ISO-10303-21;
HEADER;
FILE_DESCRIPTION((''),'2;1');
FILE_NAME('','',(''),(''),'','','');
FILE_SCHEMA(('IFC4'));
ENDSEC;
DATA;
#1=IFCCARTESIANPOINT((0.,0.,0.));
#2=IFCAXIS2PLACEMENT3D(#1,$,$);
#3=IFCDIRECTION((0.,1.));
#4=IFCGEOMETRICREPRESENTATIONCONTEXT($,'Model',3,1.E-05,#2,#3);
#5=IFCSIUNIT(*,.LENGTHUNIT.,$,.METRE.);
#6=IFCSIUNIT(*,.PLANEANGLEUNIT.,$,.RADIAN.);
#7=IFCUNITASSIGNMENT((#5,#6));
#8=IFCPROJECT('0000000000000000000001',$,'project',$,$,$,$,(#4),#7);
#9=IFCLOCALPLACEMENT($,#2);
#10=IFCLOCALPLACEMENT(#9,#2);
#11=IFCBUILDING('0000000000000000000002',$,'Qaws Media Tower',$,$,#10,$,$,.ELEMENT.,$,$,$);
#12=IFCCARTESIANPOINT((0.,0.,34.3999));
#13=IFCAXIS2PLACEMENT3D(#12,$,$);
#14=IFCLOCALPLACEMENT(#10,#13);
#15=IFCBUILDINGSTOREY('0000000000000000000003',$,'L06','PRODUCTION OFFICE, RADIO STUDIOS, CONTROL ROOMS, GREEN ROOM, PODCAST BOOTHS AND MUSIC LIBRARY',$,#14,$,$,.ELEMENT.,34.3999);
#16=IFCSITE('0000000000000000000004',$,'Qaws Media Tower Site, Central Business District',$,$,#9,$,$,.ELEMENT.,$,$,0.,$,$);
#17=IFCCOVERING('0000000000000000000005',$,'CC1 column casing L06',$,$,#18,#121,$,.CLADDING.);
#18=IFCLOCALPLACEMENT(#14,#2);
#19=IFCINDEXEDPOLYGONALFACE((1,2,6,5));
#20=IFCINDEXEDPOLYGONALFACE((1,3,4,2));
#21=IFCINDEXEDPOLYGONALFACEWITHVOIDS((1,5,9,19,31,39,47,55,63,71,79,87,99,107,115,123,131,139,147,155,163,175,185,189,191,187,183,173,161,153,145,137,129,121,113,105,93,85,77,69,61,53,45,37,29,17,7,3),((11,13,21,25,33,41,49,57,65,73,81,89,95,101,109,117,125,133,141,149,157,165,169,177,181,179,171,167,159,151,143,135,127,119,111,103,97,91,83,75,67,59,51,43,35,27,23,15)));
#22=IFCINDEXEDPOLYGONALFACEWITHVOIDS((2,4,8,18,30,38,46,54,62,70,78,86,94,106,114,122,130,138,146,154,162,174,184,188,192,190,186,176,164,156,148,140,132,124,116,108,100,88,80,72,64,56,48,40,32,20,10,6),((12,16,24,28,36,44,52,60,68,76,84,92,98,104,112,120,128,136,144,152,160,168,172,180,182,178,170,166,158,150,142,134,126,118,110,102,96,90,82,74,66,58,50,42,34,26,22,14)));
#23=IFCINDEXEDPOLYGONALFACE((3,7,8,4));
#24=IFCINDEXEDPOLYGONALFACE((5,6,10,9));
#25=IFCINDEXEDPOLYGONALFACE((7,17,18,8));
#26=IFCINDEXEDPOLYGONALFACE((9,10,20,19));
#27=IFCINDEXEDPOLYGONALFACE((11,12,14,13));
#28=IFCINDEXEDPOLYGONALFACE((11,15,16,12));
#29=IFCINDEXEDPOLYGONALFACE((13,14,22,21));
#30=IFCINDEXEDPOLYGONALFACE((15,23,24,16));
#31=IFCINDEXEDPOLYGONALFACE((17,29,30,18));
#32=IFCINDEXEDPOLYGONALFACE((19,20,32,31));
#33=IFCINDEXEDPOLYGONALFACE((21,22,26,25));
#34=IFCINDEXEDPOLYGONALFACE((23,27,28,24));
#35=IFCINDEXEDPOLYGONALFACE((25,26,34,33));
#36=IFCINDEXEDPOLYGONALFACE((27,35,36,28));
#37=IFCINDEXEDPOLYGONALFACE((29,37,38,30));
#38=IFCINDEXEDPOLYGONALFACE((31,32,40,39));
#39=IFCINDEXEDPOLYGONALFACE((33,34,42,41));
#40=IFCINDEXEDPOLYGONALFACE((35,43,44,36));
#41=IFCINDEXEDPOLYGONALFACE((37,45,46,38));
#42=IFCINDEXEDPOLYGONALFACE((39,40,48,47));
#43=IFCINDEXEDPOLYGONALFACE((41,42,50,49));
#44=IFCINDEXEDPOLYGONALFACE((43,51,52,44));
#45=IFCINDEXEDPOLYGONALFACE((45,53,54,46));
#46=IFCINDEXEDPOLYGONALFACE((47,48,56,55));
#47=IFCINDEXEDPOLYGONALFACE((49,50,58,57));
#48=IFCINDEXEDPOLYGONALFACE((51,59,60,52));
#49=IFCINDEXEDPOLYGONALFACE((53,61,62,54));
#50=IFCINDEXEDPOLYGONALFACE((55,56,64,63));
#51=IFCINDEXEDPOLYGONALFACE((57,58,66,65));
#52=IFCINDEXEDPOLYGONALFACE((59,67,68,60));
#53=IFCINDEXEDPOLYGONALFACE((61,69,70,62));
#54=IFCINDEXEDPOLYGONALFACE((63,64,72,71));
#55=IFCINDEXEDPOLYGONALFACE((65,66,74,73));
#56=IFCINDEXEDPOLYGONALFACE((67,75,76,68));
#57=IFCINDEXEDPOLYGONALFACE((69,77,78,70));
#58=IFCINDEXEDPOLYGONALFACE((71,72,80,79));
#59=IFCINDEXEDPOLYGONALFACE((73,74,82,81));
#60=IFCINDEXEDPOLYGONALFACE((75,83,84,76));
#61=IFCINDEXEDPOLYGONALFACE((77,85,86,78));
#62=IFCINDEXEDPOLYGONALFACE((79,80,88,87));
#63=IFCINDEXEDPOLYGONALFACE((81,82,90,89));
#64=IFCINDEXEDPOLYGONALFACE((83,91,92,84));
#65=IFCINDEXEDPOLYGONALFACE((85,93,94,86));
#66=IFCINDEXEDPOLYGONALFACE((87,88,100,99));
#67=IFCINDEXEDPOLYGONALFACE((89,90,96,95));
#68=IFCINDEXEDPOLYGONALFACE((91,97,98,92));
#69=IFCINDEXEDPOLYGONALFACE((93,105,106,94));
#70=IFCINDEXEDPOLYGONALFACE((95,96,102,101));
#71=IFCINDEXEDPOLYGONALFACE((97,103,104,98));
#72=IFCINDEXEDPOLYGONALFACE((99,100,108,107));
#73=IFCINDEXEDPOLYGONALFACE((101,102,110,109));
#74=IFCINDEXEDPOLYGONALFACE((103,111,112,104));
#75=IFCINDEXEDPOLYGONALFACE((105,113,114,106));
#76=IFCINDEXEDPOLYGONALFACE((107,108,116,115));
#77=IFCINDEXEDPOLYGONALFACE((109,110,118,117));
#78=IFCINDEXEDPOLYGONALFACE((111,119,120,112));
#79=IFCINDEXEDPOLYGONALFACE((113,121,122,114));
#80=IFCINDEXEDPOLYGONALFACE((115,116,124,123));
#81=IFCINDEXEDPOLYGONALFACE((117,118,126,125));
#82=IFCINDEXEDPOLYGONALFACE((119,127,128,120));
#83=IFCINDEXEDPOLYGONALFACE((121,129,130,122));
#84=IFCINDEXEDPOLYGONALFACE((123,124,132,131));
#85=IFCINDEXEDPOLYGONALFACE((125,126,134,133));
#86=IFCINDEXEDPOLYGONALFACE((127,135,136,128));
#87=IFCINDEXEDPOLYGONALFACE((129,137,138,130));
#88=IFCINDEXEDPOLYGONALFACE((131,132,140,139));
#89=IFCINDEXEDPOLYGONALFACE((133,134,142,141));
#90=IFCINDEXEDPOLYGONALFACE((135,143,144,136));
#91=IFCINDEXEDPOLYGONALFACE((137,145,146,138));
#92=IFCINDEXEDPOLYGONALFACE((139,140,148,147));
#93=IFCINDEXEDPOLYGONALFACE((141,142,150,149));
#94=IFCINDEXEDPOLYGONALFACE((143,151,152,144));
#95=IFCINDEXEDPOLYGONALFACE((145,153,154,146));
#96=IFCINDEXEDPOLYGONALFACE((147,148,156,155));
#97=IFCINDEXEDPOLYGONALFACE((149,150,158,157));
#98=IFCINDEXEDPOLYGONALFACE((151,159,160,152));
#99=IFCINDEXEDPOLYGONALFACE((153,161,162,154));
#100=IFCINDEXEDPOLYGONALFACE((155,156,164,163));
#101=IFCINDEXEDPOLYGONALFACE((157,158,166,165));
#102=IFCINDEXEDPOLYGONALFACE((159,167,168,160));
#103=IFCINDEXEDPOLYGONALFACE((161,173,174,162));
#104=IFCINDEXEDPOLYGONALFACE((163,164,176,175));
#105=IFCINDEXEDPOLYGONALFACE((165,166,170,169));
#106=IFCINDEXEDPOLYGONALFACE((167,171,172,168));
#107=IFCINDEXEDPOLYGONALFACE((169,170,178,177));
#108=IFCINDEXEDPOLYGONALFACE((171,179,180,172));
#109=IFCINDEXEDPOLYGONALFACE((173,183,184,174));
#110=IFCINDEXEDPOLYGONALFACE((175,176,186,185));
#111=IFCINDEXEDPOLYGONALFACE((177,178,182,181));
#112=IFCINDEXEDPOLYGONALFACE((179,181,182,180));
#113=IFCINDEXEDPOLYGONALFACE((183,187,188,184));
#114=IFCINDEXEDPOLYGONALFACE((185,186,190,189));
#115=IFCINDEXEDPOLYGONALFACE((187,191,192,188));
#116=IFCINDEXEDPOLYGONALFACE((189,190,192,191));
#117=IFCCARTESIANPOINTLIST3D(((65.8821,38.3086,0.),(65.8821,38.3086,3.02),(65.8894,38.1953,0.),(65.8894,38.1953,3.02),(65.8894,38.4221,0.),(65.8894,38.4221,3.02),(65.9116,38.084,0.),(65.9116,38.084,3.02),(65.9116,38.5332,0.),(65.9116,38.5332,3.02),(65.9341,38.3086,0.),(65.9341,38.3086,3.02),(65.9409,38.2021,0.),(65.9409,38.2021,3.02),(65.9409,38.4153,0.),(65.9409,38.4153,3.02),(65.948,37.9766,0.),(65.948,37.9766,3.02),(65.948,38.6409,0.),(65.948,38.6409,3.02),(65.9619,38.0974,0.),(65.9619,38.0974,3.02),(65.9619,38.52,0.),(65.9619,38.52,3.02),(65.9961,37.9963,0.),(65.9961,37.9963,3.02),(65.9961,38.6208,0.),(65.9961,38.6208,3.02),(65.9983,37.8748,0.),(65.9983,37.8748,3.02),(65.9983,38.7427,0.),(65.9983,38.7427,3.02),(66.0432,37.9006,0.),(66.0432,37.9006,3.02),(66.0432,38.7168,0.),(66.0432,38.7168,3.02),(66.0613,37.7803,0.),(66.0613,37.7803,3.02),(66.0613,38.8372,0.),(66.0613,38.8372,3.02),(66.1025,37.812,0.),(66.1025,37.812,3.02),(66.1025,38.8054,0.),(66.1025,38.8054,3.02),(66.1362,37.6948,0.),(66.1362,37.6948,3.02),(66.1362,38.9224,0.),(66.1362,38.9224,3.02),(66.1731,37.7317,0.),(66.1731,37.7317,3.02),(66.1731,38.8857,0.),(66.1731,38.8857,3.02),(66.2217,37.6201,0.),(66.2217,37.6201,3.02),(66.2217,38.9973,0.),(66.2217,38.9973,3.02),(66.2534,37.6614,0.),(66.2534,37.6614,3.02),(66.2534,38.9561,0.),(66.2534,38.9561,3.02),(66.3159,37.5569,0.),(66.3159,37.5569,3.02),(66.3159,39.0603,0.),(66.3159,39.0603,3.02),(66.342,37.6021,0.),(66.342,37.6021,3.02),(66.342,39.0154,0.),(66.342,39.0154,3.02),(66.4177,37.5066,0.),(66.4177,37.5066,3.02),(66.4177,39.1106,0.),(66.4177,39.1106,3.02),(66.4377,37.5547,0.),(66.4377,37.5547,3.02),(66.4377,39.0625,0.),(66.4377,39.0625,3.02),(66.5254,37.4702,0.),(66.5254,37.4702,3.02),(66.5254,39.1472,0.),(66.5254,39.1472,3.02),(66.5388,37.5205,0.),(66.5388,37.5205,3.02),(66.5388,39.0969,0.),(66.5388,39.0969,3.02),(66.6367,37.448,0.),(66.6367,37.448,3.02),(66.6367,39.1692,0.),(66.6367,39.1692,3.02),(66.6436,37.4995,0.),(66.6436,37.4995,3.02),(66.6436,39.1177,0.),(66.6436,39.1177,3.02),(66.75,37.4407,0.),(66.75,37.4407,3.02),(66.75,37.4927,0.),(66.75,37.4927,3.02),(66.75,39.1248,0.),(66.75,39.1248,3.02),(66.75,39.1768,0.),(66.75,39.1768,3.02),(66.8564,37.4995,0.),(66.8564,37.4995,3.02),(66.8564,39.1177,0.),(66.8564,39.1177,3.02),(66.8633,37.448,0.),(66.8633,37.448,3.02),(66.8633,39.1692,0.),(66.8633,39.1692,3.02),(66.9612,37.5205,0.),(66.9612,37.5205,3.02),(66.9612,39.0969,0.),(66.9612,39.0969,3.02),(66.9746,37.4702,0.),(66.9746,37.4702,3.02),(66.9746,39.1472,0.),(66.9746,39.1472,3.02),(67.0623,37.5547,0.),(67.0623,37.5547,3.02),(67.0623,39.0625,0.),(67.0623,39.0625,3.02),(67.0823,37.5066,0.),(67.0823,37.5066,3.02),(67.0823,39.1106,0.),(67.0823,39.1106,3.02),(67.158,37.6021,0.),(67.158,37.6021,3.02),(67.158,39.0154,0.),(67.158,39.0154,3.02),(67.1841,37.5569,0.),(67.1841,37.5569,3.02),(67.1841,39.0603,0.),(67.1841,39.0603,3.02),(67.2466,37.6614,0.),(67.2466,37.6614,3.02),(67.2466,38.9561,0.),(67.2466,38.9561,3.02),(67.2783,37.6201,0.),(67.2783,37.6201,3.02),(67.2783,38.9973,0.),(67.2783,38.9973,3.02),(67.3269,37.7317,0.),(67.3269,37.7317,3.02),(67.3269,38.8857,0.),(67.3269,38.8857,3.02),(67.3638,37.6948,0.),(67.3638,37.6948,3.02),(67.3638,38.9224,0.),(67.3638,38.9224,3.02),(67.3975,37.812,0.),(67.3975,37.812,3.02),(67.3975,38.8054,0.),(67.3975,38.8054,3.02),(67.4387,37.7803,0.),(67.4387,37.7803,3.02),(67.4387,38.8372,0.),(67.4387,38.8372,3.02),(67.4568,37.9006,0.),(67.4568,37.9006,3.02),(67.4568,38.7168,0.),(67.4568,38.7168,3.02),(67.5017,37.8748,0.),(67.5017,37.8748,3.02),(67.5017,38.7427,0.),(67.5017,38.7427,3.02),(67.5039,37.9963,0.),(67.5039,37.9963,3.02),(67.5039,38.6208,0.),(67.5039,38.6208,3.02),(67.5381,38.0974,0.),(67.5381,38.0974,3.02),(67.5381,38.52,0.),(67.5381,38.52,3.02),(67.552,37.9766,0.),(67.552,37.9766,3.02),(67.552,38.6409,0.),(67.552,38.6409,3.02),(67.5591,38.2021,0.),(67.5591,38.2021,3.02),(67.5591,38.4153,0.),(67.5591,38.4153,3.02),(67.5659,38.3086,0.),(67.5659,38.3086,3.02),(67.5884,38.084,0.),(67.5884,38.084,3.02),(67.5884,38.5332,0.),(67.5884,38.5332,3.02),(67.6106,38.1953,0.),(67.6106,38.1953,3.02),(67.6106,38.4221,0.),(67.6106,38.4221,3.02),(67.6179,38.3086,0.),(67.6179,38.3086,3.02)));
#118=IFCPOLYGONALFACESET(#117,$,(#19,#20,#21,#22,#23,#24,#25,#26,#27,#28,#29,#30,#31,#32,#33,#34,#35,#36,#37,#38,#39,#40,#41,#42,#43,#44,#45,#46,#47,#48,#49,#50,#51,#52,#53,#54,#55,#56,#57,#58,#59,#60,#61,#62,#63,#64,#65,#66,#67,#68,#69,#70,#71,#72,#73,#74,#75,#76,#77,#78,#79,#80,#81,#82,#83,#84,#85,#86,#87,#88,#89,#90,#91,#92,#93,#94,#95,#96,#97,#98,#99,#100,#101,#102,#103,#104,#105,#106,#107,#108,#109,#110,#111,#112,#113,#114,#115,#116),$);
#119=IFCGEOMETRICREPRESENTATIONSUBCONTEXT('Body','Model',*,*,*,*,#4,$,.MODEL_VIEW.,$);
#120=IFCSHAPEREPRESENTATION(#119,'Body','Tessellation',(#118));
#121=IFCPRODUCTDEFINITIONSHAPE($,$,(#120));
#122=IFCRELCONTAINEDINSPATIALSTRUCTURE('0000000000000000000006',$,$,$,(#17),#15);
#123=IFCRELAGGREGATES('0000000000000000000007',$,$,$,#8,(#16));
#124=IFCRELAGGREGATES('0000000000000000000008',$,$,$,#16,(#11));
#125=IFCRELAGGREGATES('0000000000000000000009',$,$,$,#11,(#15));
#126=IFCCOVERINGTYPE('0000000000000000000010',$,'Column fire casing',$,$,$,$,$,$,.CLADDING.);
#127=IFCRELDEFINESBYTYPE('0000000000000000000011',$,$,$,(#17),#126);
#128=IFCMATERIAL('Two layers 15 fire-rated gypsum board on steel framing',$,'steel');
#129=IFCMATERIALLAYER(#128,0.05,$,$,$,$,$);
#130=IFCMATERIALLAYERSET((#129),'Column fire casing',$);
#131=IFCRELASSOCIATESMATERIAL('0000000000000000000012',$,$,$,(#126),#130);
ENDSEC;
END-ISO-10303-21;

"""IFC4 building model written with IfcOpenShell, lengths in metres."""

from ifc_helpers import new_model, si_unit, direction, frame, origin, place, context, subcontext, project, spatial, polyline, outline, extrude, material, layer, layer_set, type_object, element, save


model = new_model("IFC4")

# Units and contexts
model_context = context("Model", 3, precision=1e-05, world=origin(), true_north=direction((0.0, 1.0)))
body_context = subcontext(model_context, "Body", "Model", "MODEL_VIEW")
ifc_project = project(units=[si_unit("LENGTHUNIT", "METRE"), si_unit("PLANEANGLEUNIT", "RADIAN")], contexts=[model_context])

# Site, building, storey
site_placement = place(None, origin())
site = spatial("IfcSite", under=ifc_project, at=site_placement, Name="Qaws Media Tower Site, Central Business District", CompositionType="ELEMENT", RefElevation=0.0)
building_placement = place(site_placement, origin())
building = spatial("IfcBuilding", under=site, at=building_placement, Name="Qaws Media Tower", CompositionType="ELEMENT")
storey_placement = place(building_placement, frame((0.0, 0.0, 34.3999)))
storey = spatial("IfcBuildingStorey", under=building, at=storey_placement, Name="L06", Description="PRODUCTION OFFICE, RADIO STUDIOS, CONTROL ROOMS, GREEN ROOM, PODCAST BOOTHS AND MUSIC LIBRARY", CompositionType="ELEMENT", Elevation=34.3999)

# Covering
ifc_material_1 = material(Name="Two layers 15 fire-rated gypsum board on steel framing", Category="steel")
ifc_layer_1 = layer(ifc_material_1, 0.05)
ifc_layer_set_1 = layer_set([ifc_layer_1], Name="Column fire casing")
covering_type_1 = type_object("IfcCoveringType", Name="Column fire casing", PredefinedType="CLADDING", material=ifc_layer_set_1)
covering_1_placement = place(storey_placement, origin())
element("IfcCovering", 1, at=covering_1_placement, inside=storey, type_object=covering_type_1, Name="CC1 column casing L06", PredefinedType="CLADDING", context=body_context, shape_type="SweptSolid", body=[
    extrude(outline(polyline([(67.6179, 38.3086), (67.6106, 38.1953), (67.5884, 38.084), (67.552, 37.9766), (67.5017, 37.8748), (67.4387, 37.7803), (67.3638, 37.6948), (67.2783, 37.6201), (67.1841, 37.5569), (67.0823, 37.5066), (66.9746, 37.4702), (66.8633, 37.448), (66.75, 37.4407), (66.6367, 37.448), (66.5254, 37.4702), (66.4177, 37.5066), (66.3159, 37.5569), (66.2217, 37.6201), (66.1362, 37.6948), (66.0613, 37.7803), (65.9983, 37.8748), (65.948, 37.9766), (65.9116, 38.084), (65.8894, 38.1953), (65.8821, 38.3086), (65.8894, 38.4221), (65.9116, 38.5332), (65.948, 38.6409), (65.9983, 38.7427), (66.0613, 38.8372), (66.1362, 38.9224), (66.2217, 38.9973), (66.3159, 39.0603), (66.4177, 39.1106), (66.5254, 39.1472), (66.6367, 39.1692), (66.75, 39.1768), (66.8633, 39.1692), (66.9746, 39.1472), (67.0823, 39.1106), (67.1841, 39.0603), (67.2783, 38.9973), (67.3638, 38.9224), (67.4387, 38.8372), (67.5017, 38.7427), (67.552, 38.6409), (67.5884, 38.5332), (67.6106, 38.4221), (67.6179, 38.3086)]), holes=[polyline([(67.5659, 38.3086), (67.5591, 38.2021), (67.5381, 38.0974), (67.5039, 37.9963), (67.4568, 37.9006), (67.3975, 37.812), (67.3269, 37.7317), (67.2466, 37.6614), (67.158, 37.6021), (67.0623, 37.5547), (66.9612, 37.5205), (66.8564, 37.4995), (66.75, 37.4927), (66.6436, 37.4995), (66.5388, 37.5205), (66.4377, 37.5547), (66.342, 37.6021), (66.2534, 37.6614), (66.1731, 37.7317), (66.1025, 37.812), (66.0432, 37.9006), (65.9961, 37.9963), (65.9619, 38.0974), (65.9409, 38.2021), (65.9341, 38.3086), (65.9409, 38.4153), (65.9619, 38.52), (65.9961, 38.6208), (66.0432, 38.7168), (66.1025, 38.8054), (66.1731, 38.8857), (66.2534, 38.9561), (66.342, 39.0154), (66.4377, 39.0625), (66.5388, 39.0969), (66.6436, 39.1177), (66.75, 39.1248), (66.8564, 39.1177), (66.9612, 39.0969), (67.0623, 39.0625), (67.158, 39.0154), (67.2466, 38.9561), (67.3269, 38.8857), (67.3975, 38.8054), (67.4568, 38.7168), (67.5039, 38.6208), (67.5381, 38.52), (67.5591, 38.4153), (67.5659, 38.3086)])]), origin(), (0.0, 0.0, 1.0), 3.02),
])

save(model, "model.ifc")
